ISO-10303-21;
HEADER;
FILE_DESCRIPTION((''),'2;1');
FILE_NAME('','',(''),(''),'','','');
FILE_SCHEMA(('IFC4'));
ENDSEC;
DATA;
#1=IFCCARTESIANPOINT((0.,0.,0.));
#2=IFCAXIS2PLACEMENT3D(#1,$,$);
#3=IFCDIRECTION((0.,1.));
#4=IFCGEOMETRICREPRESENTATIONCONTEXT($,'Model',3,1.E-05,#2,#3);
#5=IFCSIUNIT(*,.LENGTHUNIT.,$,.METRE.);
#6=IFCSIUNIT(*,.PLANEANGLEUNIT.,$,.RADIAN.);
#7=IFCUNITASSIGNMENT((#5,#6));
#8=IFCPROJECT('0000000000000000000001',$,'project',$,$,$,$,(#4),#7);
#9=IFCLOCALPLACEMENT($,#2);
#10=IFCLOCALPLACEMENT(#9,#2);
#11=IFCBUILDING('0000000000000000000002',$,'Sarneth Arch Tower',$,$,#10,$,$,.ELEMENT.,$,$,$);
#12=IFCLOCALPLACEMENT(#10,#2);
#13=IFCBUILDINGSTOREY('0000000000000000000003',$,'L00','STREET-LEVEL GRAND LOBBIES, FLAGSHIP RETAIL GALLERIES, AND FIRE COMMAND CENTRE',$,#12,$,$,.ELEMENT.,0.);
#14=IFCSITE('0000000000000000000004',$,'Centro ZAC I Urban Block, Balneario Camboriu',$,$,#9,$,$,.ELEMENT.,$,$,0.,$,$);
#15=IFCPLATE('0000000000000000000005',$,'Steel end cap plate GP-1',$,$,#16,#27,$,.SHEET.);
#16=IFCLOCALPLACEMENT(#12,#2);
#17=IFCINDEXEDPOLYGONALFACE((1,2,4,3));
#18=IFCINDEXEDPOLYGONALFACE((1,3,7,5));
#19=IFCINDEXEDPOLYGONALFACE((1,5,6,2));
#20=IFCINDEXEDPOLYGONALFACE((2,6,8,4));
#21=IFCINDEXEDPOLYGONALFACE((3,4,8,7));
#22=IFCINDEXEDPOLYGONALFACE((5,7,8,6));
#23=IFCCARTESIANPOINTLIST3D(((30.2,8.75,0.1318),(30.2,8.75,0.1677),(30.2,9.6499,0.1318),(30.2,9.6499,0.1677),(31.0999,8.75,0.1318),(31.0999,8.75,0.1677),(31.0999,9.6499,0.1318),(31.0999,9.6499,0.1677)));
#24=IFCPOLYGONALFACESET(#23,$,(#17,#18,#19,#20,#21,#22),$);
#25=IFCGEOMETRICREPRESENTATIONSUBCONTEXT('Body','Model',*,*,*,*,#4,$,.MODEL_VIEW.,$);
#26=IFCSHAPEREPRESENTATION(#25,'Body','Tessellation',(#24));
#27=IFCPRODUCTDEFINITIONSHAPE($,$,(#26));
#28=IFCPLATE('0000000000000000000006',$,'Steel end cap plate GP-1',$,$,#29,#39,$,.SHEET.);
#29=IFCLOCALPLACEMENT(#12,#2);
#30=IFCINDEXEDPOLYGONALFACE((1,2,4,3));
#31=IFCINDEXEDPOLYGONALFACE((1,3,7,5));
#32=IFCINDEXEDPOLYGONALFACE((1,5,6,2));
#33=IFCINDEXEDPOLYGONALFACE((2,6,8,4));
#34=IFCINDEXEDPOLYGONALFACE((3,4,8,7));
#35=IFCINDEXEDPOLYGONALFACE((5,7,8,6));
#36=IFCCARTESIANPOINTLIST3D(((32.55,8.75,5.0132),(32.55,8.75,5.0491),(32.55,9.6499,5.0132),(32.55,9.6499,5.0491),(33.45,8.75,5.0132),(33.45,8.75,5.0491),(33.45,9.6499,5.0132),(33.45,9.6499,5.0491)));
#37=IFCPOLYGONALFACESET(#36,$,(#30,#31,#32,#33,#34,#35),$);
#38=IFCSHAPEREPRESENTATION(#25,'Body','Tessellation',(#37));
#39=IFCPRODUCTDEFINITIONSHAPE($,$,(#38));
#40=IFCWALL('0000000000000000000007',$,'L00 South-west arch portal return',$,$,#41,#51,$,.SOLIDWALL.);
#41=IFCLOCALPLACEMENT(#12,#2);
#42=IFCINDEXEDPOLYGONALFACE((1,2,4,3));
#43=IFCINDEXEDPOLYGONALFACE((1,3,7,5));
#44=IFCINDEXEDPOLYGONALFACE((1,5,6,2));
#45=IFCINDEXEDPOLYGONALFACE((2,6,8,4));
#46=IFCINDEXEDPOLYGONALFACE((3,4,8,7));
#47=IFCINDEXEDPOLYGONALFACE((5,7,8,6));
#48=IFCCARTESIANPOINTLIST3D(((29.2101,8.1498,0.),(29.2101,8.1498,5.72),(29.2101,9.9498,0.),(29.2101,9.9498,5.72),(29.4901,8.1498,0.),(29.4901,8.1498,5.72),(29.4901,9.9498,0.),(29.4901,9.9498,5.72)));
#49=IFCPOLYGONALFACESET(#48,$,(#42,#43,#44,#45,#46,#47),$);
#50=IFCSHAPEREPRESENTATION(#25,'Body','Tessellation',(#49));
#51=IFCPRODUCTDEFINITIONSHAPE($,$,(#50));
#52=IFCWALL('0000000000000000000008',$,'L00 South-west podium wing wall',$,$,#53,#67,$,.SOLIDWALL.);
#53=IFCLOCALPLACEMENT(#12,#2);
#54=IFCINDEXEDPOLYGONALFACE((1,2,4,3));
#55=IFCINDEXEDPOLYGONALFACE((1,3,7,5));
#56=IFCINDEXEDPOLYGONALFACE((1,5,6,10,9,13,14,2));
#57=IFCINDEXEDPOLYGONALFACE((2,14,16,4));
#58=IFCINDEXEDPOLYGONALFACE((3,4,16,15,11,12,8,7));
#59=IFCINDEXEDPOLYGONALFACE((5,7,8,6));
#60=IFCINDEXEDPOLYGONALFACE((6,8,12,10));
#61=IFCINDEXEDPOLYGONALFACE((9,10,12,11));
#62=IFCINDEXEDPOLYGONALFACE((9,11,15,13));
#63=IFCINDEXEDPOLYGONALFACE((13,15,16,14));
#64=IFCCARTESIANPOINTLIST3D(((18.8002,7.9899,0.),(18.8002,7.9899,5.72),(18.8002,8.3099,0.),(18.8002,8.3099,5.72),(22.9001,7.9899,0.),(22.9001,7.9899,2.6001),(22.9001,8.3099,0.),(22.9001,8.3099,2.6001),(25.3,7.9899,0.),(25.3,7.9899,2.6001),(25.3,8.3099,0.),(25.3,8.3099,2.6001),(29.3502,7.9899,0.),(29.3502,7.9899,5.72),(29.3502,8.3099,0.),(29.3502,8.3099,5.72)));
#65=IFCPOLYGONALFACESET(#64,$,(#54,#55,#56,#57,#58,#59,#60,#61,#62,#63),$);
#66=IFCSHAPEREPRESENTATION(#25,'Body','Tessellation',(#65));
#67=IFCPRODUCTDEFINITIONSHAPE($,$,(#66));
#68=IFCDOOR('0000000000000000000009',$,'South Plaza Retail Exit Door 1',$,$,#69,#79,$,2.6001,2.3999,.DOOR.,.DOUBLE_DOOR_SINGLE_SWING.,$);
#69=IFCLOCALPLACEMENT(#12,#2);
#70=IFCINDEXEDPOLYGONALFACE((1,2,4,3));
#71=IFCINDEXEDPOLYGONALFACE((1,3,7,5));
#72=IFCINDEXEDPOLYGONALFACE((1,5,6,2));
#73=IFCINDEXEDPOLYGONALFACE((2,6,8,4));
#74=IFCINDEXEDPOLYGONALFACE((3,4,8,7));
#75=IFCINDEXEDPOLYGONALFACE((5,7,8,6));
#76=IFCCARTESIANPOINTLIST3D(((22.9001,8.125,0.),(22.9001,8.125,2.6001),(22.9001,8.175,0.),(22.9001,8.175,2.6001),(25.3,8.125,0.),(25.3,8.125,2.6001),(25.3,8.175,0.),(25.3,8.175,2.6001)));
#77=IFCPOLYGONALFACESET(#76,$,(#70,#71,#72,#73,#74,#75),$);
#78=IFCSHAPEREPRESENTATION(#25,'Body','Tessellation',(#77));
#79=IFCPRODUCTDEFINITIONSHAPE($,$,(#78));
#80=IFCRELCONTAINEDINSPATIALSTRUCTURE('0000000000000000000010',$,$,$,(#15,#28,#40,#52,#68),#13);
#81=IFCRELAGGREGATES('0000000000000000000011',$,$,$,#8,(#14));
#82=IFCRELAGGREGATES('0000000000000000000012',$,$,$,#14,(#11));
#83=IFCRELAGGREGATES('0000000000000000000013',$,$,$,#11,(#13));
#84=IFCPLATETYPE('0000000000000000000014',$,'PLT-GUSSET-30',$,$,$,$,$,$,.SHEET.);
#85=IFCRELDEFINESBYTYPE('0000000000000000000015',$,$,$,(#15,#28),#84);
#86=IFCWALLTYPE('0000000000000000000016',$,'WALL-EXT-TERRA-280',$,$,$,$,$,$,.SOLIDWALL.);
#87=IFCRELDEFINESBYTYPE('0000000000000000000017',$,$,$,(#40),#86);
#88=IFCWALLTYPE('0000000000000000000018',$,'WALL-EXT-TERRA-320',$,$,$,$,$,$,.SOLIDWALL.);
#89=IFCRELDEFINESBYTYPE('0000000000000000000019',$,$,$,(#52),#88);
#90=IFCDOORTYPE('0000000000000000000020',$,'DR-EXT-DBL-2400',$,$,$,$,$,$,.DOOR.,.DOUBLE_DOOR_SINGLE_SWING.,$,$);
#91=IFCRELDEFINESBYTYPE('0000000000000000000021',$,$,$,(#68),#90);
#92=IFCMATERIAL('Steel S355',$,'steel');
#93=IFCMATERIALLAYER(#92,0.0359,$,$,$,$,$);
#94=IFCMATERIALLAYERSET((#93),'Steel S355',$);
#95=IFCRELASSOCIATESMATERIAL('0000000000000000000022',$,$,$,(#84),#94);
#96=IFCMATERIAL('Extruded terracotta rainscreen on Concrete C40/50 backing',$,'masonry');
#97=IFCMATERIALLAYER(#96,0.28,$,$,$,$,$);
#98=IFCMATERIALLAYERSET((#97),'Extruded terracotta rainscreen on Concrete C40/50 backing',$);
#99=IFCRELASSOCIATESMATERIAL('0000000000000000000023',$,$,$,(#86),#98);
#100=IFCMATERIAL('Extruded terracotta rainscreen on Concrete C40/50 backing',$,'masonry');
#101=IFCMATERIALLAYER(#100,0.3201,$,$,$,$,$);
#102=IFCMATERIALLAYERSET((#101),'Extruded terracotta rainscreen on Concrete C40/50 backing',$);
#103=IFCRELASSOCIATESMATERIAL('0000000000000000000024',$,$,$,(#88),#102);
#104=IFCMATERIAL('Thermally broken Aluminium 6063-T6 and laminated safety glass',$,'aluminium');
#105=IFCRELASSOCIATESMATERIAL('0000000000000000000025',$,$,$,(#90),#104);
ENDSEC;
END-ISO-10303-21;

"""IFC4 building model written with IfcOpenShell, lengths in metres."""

from ifc_helpers import new_model, si_unit, direction, frame, frame_2d, origin, origin_2d, place, context, subcontext, project, spatial, rectangle, extrude, material, layer, layer_set, type_object, element, fill, save


model = new_model("IFC4")

# Units and contexts
model_context = context("Model", 3, precision=1e-05, world=origin(), true_north=direction((0.0, 1.0)))
body_context = subcontext(model_context, "Body", "Model", "MODEL_VIEW")
ifc_project = project(units=[si_unit("LENGTHUNIT", "METRE"), si_unit("PLANEANGLEUNIT", "RADIAN")], contexts=[model_context])

# Site, building, storey
site_placement = place(None, origin())
site = spatial("IfcSite", under=ifc_project, at=site_placement, Name="Centro ZAC I Urban Block, Balneario Camboriu", CompositionType="ELEMENT", RefElevation=0.0)
building_placement = place(site_placement, origin())
building = spatial("IfcBuilding", under=site, at=building_placement, Name="Sarneth Arch Tower", CompositionType="ELEMENT")
storey_placement = place(building_placement, origin())
storey = spatial("IfcBuildingStorey", under=building, at=storey_placement, Name="L00", Description="STREET-LEVEL GRAND LOBBIES, FLAGSHIP RETAIL GALLERIES, AND FIRE COMMAND CENTRE", CompositionType="ELEMENT", Elevation=0.0)

# Plates
ifc_material_1 = material(Name="Steel S355", Category="steel")
ifc_layer_1 = layer(ifc_material_1, 0.0359)
ifc_layer_set_1 = layer_set([ifc_layer_1], Name="Steel S355")
plate_type_1 = type_object("IfcPlateType", Name="PLT-GUSSET-30", PredefinedType="SHEET", material=ifc_layer_set_1)
for number, where, z_axis, x_axis, name in (
    (1, (30.6499, 9.2, 0.1318), (0.0, 0.0, 1.0), (1.0, 0.0, 0.0), "Steel end cap plate GP-1"),
    (2, (33.0, 9.2, 5.0132), (0.0, 0.0, 1.0), (-1.0, 0.0, 0.0), "Steel end cap plate GP-1"),
):
    element("IfcPlate", number, at=place(storey_placement, frame(where, z_axis=z_axis, x_axis=x_axis)), inside=storey, type_object=plate_type_1, Name=name, PredefinedType="SHEET", context=body_context, shape_type="SweptSolid", body=[
        extrude(rectangle(XDim=0.8999, YDim=0.8999, at=origin_2d()), origin(), (0.0, 0.0, 1.0), 0.0359),
    ])

# Wall
ifc_material_2 = material(Name="Extruded terracotta rainscreen on Concrete C40/50 backing", Category="masonry")
ifc_layer_2 = layer(ifc_material_2, 0.28)
ifc_layer_set_2 = layer_set([ifc_layer_2], Name="Extruded terracotta rainscreen on Concrete C40/50 backing")
wall_type_1 = type_object("IfcWallType", Name="WALL-EXT-TERRA-280", PredefinedType="SOLIDWALL", material=ifc_layer_set_2)
wall_1_placement = place(storey_placement, frame((29.3501, 8.1499, 0.0), z_axis=(0.0, 0.0, 1.0), x_axis=(0.0, 1.0, 0.0)))
element("IfcWall", 3, at=wall_1_placement, inside=storey, type_object=wall_type_1, Name="L00 South-west arch portal return", PredefinedType="SOLIDWALL", context=body_context, shape_type="SweptSolid", body=[
    extrude(rectangle(XDim=1.8, YDim=0.28, at=frame_2d((0.8999, 0.0))), origin(), (0.0, 0.0, 1.0), 5.72),
])

# Wall, opening, door
ifc_material_3 = material(Name="Extruded terracotta rainscreen on Concrete C40/50 backing", Category="masonry")
ifc_layer_3 = layer(ifc_material_3, 0.3201)
ifc_layer_set_3 = layer_set([ifc_layer_3], Name="Extruded terracotta rainscreen on Concrete C40/50 backing")
wall_type_2 = type_object("IfcWallType", Name="WALL-EXT-TERRA-320", PredefinedType="SOLIDWALL", material=ifc_layer_set_3)
wall_2_placement = place(storey_placement, frame((29.3501, 8.1499, 0.0), z_axis=(0.0, 0.0, 1.0), x_axis=(-1.0, 0.0, 0.0)))
wall_2 = element("IfcWall", 4, at=wall_2_placement, inside=storey, type_object=wall_type_2, Name="L00 South-west podium wing wall", PredefinedType="SOLIDWALL", context=body_context, shape_type="SweptSolid", body=[
    extrude(rectangle(XDim=10.55, YDim=0.3201, at=frame_2d((5.2749, 0.0))), origin(), (0.0, 0.0, 1.0), 5.72),
])
opening_placement = place(wall_2_placement, frame((4.05, 0.0, 0.0)))
opening = element("IfcOpeningElement", 5, at=opening_placement, cuts=wall_2, PredefinedType="OPENING", context=body_context, shape_type="SweptSolid", body=[
    extrude(rectangle(XDim=2.3999, YDim=2.6001, at=frame_2d((1.2, 1.3))), frame((0.0, 0.1699, 0.0), z_axis=(0.0, -1.0, 0.0), x_axis=(1.0, 0.0, 0.0)), (0.0, 0.0, 1.0), 0.3401),
])
ifc_material_4 = material(Name="Thermally broken Aluminium 6063-T6 and laminated safety glass", Category="aluminium")
door_type = type_object("IfcDoorType", Name="DR-EXT-DBL-2400", OperationType="DOUBLE_DOOR_SINGLE_SWING", PredefinedType="DOOR", material=ifc_material_4)
door_placement = place(opening_placement, origin())
door = element("IfcDoor", 6, at=door_placement, inside=storey, type_object=door_type, Name="South Plaza Retail Exit Door 1", OperationType="DOUBLE_DOOR_SINGLE_SWING", OverallHeight=2.6001, OverallWidth=2.3999, PredefinedType="DOOR", context=body_context, shape_type="SweptSolid", body=[
    extrude(rectangle(XDim=2.3999, YDim=2.6001, at=frame_2d((1.2, 1.3))), frame((0.0, 0.0249, 0.0), z_axis=(0.0, -1.0, 0.0), x_axis=(1.0, 0.0, 0.0)), (0.0, 0.0, 1.0), 0.05),
])
fill(opening, door)

save(model, "model.ifc")
